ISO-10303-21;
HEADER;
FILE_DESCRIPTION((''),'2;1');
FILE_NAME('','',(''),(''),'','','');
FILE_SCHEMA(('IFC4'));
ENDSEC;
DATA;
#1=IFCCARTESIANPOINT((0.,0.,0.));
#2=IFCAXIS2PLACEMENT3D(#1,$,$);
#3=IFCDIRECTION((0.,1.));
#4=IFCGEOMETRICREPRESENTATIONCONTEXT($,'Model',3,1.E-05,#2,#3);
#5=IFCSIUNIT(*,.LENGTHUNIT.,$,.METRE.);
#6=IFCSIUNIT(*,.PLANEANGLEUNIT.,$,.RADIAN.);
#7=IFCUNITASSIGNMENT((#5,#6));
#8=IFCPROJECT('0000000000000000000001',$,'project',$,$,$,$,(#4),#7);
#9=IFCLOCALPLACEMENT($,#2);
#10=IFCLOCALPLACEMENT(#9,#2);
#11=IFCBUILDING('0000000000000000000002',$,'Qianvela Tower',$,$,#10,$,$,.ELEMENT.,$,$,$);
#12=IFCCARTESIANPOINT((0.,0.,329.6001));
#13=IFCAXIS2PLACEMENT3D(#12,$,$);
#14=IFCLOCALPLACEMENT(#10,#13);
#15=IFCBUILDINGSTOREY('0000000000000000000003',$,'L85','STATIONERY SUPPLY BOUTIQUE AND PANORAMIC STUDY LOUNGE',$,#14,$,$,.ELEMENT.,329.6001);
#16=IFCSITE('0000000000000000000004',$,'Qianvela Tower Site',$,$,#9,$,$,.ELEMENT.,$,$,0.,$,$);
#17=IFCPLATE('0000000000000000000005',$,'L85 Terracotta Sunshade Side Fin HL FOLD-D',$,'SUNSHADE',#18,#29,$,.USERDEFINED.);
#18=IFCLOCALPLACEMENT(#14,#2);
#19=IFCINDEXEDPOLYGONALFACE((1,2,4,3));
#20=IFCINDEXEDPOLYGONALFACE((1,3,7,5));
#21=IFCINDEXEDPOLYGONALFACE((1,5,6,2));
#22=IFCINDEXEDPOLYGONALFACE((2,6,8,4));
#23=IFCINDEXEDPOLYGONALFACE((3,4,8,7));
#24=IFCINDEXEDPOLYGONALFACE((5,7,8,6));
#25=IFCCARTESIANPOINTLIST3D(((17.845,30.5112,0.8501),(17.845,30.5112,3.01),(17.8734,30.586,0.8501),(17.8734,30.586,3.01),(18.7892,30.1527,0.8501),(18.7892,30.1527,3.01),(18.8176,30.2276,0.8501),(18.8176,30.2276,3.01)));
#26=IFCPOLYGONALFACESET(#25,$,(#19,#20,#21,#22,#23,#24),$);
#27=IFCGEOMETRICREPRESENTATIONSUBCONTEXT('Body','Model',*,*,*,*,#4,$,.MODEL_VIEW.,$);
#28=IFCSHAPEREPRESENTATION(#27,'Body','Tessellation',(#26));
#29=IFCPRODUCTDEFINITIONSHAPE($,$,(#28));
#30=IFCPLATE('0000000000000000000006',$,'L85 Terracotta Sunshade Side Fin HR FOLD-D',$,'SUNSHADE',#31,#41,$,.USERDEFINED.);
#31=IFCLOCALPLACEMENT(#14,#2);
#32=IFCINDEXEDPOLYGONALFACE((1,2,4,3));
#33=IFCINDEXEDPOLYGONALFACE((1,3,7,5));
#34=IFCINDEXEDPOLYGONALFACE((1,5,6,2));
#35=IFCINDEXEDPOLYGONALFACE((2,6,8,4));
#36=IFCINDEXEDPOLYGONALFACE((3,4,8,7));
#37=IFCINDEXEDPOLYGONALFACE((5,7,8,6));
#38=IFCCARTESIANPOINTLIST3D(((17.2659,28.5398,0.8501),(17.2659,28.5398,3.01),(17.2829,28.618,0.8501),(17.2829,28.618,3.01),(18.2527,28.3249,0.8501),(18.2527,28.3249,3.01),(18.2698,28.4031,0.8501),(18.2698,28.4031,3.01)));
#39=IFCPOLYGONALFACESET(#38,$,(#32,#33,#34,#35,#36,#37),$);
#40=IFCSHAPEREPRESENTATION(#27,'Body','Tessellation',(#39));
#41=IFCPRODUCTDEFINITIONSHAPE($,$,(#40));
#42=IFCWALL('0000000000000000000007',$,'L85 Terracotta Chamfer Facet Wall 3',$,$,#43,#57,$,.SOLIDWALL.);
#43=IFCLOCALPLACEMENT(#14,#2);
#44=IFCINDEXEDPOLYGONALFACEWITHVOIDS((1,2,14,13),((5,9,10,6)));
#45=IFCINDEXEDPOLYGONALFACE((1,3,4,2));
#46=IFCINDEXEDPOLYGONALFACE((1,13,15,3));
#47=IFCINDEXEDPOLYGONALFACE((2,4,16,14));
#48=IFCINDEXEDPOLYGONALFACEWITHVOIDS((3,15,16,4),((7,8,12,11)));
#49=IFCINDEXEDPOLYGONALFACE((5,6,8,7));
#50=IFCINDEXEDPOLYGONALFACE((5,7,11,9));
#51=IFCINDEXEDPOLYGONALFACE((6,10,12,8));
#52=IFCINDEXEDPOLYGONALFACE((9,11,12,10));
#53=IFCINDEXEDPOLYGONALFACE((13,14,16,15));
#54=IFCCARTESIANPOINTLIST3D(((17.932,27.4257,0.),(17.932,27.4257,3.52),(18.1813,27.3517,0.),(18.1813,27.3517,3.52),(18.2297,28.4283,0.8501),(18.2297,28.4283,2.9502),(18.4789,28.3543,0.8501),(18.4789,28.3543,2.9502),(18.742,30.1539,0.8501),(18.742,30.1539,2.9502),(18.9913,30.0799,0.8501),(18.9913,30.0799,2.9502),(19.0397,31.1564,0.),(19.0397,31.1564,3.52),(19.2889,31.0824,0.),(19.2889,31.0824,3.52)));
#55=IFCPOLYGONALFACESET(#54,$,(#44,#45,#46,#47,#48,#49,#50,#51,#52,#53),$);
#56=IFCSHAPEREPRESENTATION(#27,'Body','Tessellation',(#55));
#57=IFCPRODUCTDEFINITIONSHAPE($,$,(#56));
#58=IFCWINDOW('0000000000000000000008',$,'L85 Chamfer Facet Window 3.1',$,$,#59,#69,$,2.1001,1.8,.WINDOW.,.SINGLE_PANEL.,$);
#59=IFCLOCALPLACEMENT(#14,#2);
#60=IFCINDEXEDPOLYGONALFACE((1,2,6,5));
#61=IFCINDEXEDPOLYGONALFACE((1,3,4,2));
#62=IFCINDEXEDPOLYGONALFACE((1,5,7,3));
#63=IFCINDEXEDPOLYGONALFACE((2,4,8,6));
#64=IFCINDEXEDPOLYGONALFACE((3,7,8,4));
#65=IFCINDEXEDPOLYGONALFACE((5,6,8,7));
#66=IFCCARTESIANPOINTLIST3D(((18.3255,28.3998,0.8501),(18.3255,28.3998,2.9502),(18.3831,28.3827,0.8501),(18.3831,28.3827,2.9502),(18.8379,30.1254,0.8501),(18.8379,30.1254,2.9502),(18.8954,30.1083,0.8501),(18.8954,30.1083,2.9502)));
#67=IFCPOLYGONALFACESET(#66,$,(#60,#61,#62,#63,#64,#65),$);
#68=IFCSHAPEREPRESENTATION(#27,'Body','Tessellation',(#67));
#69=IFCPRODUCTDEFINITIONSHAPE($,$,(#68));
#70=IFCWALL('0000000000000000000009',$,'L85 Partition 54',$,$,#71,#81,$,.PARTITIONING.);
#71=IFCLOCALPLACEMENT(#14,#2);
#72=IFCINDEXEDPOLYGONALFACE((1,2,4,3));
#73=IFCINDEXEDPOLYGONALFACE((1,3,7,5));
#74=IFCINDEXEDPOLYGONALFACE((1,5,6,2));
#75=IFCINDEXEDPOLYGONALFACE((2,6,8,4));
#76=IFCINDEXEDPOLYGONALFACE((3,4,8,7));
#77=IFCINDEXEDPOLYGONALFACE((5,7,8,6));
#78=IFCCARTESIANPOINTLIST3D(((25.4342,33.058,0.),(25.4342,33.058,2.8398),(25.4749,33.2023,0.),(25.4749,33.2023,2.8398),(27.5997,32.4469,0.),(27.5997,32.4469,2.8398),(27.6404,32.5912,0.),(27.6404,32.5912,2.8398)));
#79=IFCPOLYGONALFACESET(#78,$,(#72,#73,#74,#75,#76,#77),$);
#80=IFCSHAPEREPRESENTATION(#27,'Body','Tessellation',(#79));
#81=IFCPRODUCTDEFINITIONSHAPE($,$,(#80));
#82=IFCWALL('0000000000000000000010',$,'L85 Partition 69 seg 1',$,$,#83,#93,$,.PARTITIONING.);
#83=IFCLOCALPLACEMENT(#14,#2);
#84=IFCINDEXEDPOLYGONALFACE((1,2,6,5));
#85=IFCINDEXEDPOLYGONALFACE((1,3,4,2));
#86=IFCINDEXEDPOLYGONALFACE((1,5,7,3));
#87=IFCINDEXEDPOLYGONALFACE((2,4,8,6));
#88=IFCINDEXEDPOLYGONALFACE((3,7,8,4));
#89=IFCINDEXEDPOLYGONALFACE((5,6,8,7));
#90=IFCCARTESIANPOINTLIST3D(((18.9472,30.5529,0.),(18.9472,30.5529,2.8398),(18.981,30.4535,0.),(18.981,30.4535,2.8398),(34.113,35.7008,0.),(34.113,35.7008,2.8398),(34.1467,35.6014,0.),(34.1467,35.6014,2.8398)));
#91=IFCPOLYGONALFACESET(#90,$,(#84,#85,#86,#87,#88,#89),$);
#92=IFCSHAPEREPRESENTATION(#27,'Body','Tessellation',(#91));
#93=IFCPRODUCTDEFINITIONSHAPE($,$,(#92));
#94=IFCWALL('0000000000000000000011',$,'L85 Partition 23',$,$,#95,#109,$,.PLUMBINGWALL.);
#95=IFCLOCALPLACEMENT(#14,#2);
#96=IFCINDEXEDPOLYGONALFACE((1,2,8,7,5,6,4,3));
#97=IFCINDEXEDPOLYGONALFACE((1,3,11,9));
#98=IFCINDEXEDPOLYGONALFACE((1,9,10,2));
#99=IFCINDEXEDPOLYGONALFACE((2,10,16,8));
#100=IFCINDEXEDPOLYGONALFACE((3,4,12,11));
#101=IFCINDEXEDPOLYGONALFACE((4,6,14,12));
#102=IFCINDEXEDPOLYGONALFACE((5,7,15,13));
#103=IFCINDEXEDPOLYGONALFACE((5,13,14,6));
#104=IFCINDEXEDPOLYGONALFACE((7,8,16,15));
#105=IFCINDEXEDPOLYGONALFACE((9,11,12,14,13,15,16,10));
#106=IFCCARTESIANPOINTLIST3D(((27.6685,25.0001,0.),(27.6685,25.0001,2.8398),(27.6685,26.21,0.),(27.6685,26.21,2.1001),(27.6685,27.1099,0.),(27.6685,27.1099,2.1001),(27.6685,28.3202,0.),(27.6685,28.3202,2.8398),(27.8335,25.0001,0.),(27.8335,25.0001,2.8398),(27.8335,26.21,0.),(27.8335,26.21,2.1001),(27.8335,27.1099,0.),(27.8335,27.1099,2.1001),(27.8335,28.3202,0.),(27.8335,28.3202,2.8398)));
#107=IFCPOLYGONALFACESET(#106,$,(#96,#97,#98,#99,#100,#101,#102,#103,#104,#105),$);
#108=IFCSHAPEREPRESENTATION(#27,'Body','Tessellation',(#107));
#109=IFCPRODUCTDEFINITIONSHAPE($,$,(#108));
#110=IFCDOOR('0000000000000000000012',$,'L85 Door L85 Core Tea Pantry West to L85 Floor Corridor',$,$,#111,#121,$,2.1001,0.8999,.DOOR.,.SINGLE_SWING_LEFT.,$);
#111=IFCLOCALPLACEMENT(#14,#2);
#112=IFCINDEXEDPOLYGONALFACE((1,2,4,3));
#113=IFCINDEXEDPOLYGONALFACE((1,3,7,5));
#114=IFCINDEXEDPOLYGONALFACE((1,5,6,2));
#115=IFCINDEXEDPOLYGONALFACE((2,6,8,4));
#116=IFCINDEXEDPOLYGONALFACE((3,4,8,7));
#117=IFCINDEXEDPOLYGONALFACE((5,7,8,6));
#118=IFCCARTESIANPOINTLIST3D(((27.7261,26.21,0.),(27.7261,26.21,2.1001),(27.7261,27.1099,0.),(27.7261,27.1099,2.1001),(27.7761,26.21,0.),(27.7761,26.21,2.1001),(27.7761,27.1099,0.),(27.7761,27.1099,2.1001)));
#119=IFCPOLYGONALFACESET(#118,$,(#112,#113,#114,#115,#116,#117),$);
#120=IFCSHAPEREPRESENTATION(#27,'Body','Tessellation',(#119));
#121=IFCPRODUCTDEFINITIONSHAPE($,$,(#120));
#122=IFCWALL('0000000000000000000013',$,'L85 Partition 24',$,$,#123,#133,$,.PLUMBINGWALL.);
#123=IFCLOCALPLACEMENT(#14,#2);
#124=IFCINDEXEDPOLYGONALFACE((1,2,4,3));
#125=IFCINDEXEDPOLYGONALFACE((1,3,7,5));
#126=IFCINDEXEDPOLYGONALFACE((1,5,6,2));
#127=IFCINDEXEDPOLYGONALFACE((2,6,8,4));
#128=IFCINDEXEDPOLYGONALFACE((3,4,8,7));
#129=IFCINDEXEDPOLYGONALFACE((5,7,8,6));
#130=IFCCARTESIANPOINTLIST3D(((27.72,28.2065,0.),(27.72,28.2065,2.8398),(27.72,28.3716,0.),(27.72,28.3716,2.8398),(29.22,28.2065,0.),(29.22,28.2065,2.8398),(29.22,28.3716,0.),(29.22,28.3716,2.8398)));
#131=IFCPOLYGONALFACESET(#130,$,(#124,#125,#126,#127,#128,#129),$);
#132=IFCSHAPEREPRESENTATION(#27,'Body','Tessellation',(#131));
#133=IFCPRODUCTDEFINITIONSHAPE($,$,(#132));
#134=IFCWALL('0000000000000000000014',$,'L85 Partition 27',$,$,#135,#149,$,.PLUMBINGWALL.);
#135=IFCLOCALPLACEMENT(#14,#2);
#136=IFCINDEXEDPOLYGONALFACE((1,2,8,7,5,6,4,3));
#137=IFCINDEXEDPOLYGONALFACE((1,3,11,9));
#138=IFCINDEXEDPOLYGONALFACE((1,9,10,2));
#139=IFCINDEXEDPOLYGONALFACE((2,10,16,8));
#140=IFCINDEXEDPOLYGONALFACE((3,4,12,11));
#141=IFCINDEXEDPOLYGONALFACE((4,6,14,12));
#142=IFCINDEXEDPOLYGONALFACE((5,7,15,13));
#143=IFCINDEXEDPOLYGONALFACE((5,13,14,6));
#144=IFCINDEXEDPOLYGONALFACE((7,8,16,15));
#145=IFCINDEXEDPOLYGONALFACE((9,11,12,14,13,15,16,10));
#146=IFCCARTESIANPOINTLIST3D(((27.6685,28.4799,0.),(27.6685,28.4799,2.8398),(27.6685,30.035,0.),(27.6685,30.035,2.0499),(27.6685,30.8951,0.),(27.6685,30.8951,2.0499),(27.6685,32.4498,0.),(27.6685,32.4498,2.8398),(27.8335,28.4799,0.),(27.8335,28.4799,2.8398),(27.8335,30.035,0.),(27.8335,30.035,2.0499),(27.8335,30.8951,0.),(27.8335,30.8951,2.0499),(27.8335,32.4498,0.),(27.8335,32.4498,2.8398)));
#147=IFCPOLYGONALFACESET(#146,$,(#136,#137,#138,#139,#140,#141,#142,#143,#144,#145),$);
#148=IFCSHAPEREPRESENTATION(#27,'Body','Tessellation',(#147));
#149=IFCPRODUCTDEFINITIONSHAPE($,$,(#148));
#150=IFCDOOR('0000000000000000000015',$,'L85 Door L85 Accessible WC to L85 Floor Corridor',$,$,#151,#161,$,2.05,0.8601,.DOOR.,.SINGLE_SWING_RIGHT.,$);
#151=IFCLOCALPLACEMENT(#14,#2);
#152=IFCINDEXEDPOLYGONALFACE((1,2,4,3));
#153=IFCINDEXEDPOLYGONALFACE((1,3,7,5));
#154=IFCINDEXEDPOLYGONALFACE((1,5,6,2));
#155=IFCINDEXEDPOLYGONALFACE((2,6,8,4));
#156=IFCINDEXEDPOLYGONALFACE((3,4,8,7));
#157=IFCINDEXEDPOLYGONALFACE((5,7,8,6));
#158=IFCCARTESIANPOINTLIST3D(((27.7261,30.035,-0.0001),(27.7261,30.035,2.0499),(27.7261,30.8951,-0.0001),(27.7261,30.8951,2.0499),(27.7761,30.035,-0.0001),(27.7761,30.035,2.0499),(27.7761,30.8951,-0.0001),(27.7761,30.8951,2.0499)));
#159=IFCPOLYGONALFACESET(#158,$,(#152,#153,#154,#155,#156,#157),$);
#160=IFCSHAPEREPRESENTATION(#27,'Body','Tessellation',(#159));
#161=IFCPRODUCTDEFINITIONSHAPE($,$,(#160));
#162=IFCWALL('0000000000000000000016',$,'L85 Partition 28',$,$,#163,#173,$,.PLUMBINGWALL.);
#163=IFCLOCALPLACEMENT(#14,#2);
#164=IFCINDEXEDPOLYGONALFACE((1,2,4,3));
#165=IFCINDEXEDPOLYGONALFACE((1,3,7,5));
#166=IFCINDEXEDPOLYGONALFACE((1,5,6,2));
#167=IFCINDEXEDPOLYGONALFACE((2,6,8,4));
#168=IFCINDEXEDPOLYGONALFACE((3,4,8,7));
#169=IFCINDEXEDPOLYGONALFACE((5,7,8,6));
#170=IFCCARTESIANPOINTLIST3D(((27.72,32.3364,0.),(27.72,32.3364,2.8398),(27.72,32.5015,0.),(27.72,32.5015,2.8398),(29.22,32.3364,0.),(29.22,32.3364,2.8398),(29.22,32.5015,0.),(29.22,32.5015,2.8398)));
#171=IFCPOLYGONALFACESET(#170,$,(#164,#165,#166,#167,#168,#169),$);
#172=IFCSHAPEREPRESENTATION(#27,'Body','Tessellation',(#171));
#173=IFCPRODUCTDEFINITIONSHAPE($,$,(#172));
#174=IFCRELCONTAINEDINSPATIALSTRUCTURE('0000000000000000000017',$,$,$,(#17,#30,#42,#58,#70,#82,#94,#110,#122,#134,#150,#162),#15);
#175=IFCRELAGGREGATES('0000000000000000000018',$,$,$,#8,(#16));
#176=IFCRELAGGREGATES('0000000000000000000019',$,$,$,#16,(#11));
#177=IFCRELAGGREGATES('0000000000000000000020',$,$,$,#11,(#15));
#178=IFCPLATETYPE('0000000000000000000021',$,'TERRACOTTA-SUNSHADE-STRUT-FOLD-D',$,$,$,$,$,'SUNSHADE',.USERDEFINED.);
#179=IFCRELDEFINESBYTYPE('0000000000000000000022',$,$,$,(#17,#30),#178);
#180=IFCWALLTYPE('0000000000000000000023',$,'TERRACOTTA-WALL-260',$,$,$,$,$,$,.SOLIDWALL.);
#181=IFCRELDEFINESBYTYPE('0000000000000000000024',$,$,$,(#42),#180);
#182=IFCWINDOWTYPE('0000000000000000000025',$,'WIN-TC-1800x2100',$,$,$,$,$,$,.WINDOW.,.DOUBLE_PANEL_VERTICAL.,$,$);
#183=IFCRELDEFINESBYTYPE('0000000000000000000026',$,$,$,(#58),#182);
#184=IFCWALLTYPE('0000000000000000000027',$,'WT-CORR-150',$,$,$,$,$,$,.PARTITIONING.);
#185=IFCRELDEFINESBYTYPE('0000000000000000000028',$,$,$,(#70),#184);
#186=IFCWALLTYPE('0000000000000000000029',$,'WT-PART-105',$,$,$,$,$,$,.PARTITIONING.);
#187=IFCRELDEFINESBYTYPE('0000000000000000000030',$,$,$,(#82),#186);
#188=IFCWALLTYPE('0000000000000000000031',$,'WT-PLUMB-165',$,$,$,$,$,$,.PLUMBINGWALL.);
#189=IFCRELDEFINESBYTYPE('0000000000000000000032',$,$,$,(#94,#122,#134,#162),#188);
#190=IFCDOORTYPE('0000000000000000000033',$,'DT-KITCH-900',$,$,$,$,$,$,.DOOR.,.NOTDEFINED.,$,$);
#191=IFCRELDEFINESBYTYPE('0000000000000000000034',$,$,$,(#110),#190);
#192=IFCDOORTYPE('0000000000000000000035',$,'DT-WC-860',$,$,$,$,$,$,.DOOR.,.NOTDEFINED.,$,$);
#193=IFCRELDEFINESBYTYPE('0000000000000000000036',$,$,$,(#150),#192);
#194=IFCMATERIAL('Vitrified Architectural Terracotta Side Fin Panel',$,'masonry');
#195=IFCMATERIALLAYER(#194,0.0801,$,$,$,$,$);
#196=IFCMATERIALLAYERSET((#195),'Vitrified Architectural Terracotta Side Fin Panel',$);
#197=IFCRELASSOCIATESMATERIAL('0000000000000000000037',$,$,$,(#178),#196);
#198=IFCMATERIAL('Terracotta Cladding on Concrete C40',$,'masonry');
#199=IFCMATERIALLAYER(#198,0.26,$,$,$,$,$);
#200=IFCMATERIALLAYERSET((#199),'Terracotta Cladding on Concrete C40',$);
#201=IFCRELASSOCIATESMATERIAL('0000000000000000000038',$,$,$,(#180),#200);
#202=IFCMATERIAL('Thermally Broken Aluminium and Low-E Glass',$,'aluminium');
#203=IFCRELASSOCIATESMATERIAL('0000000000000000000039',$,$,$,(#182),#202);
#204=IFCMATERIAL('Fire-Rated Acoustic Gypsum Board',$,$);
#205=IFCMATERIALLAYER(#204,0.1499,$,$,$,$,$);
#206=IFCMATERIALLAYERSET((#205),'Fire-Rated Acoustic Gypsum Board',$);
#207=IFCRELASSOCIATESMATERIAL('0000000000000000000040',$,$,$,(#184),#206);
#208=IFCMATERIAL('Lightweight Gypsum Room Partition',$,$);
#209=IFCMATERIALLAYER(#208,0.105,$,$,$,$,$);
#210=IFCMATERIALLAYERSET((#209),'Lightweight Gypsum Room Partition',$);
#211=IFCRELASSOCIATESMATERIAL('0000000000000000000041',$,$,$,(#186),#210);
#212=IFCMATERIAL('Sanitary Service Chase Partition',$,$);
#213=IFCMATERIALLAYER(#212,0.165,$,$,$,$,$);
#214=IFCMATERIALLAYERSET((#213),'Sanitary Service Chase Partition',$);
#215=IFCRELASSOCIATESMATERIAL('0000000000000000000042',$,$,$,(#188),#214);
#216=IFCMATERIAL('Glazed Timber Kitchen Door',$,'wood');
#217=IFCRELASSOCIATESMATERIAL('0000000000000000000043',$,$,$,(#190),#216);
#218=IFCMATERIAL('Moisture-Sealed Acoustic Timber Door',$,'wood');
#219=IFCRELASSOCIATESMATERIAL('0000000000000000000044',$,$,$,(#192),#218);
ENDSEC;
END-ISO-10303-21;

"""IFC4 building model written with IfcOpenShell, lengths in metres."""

from ifc_helpers import new_model, si_unit, direction, frame, frame_2d, origin, origin_2d, place, context, subcontext, project, spatial, rectangle, extrude, material, layer, layer_set, type_object, element, fill, save


model = new_model("IFC4")

# Units and contexts
model_context = context("Model", 3, precision=1e-05, world=origin(), true_north=direction((0.0, 1.0)))
body_context = subcontext(model_context, "Body", "Model", "MODEL_VIEW")
ifc_project = project(units=[si_unit("LENGTHUNIT", "METRE"), si_unit("PLANEANGLEUNIT", "RADIAN")], contexts=[model_context])

# Site, building, storey
site_placement = place(None, origin())
site = spatial("IfcSite", under=ifc_project, at=site_placement, Name="Qianvela Tower Site", CompositionType="ELEMENT", RefElevation=0.0)
building_placement = place(site_placement, origin())
building = spatial("IfcBuilding", under=site, at=building_placement, Name="Qianvela Tower", CompositionType="ELEMENT")
storey_placement = place(building_placement, frame((0.0, 0.0, 329.6001)))
storey = spatial("IfcBuildingStorey", under=building, at=storey_placement, Name="L85", Description="STATIONERY SUPPLY BOUTIQUE AND PANORAMIC STUDY LOUNGE", CompositionType="ELEMENT", Elevation=329.6001)

# Plates
ifc_material_1 = material(Name="Vitrified Architectural Terracotta Side Fin Panel", Category="masonry")
ifc_layer_1 = layer(ifc_material_1, 0.0801)
ifc_layer_set_1 = layer_set([ifc_layer_1], Name="Vitrified Architectural Terracotta Side Fin Panel")
plate_type_1 = type_object("IfcPlateType", Name="TERRACOTTA-SUNSHADE-STRUT-FOLD-D", ElementType="SUNSHADE", PredefinedType="USERDEFINED", material=ifc_layer_set_1)
for number, where, z_axis, x_axis, name in (
    (1, (18.3313, 30.3694, 0.8501), (0.0, 0.0, 1.0), (-0.354854, -0.934922, 0.0), "L85 Terracotta Sunshade Side Fin HL FOLD-D"),
    (2, (17.7678, 28.4714, 0.8501), (0.0, 0.0, 1.0), (-0.212766, -0.977103, 0.0), "L85 Terracotta Sunshade Side Fin HR FOLD-D"),
):
    element("IfcPlate", number, at=place(storey_placement, frame(where, z_axis=z_axis, x_axis=x_axis)), inside=storey, type_object=plate_type_1, Name=name, ObjectType="SUNSHADE", PredefinedType="USERDEFINED", context=body_context, shape_type="SweptSolid", body=[
        extrude(rectangle(XDim=0.0801, YDim=1.01, at=origin_2d()), origin(), (0.0, 0.0, 1.0), 2.1599),
    ])

# Wall, opening, window
ifc_material_2 = material(Name="Terracotta Cladding on Concrete C40", Category="masonry")
ifc_layer_2 = layer(ifc_material_2, 0.26)
ifc_layer_set_2 = layer_set([ifc_layer_2], Name="Terracotta Cladding on Concrete C40")
wall_type_1 = type_object("IfcWallType", Name="TERRACOTTA-WALL-260", PredefinedType="SOLIDWALL", material=ifc_layer_set_2)
wall_1_placement = place(storey_placement, frame((19.1643, 31.1194, 0.0), z_axis=(0.0, 0.0, 1.0), x_axis=(-0.284624, -0.958639, 0.0)))
wall_1 = element("IfcWall", 3, at=wall_1_placement, inside=storey, type_object=wall_type_1, Name="L85 Terracotta Chamfer Facet Wall 3", PredefinedType="SOLIDWALL", context=body_context, shape_type="SweptSolid", body=[
    extrude(rectangle(XDim=3.8916, YDim=0.26, at=frame_2d((1.9458, 0.0))), origin(), (0.0, 0.0, 1.0), 3.52),
])
opening_1_placement = place(wall_1_placement, frame((1.0459, 0.0, 0.8501)))
opening_1 = element("IfcOpeningElement", 4, at=opening_1_placement, cuts=wall_1, PredefinedType="OPENING", context=body_context, shape_type="SweptSolid", body=[
    extrude(rectangle(XDim=1.8, YDim=2.1001, at=frame_2d((0.8999, 1.05))), frame((0.0, 0.1399, 0.0), z_axis=(0.0, -1.0, 0.0), x_axis=(1.0, 0.0, 0.0)), (0.0, 0.0, 1.0), 0.28),
])
ifc_material_3 = material(Name="Thermally Broken Aluminium and Low-E Glass", Category="aluminium")
window_type = type_object("IfcWindowType", Name="WIN-TC-1800x2100", PartitioningType="DOUBLE_PANEL_VERTICAL", PredefinedType="WINDOW", material=ifc_material_3)
window_placement = place(opening_1_placement, origin())
window = element("IfcWindow", 5, at=window_placement, inside=storey, type_object=window_type, Name="L85 Chamfer Facet Window 3.1", OverallHeight=2.1001, OverallWidth=1.8, PartitioningType="SINGLE_PANEL", PredefinedType="WINDOW", context=body_context, shape_type="SweptSolid", body=[
    extrude(rectangle(XDim=1.8, YDim=2.1001, at=frame_2d((0.8999, 1.05))), frame((0.0, 0.03, 0.0), z_axis=(0.0, -1.0, 0.0), x_axis=(1.0, 0.0, 0.0)), (0.0, 0.0, 1.0), 0.0601),
])
fill(opening_1, window)

# Walls
ifc_material_4 = material(Name="Fire-Rated Acoustic Gypsum Board")
ifc_layer_3 = layer(ifc_material_4, 0.1499)
ifc_layer_set_3 = layer_set([ifc_layer_3], Name="Fire-Rated Acoustic Gypsum Board")
wall_type_2 = type_object("IfcWallType", Name="WT-CORR-150", PredefinedType="PARTITIONING", material=ifc_layer_set_3)
wall_2_placement = place(storey_placement, frame((25.4546, 33.1301, 0.0), z_axis=(0.0, 0.0, 1.0), x_axis=(0.962416, -0.271581, 0.0)))
element("IfcWall", 6, at=wall_2_placement, inside=storey, type_object=wall_type_2, Name="L85 Partition 54", PredefinedType="PARTITIONING", context=body_context, shape_type="SweptSolid", body=[
    extrude(rectangle(XDim=2.25, YDim=0.1499, at=frame_2d((1.125, 0.0))), origin(), (0.0, 0.0, 1.0), 2.8398),
])
ifc_material_5 = material(Name="Lightweight Gypsum Room Partition")
ifc_layer_4 = layer(ifc_material_5, 0.105)
ifc_layer_set_4 = layer_set([ifc_layer_4], Name="Lightweight Gypsum Room Partition")
wall_type_3 = type_object("IfcWallType", Name="WT-PART-105", PredefinedType="PARTITIONING", material=ifc_layer_set_4)
wall_3_placement = place(storey_placement, frame((18.9641, 30.5032, 0.0), z_axis=(0.0, 0.0, 1.0), x_axis=(0.946933, 0.321432, 0.0)))
element("IfcWall", 7, at=wall_3_placement, inside=storey, type_object=wall_type_3, Name="L85 Partition 69 seg 1", PredefinedType="PARTITIONING", context=body_context, shape_type="SweptSolid", body=[
    extrude(rectangle(XDim=16.0156, YDim=0.105, at=frame_2d((8.0078, 0.0))), origin(), (0.0, 0.0, 1.0), 2.8398),
])

# Wall, opening, door
ifc_material_6 = material(Name="Sanitary Service Chase Partition")
ifc_layer_5 = layer(ifc_material_6, 0.165)
ifc_layer_set_5 = layer_set([ifc_layer_5], Name="Sanitary Service Chase Partition")
wall_type_4 = type_object("IfcWallType", Name="WT-PLUMB-165", PredefinedType="PLUMBINGWALL", material=ifc_layer_set_5)
wall_4_placement = place(storey_placement, frame((27.751, 25.0, 0.0), z_axis=(0.0, 0.0, 1.0), x_axis=(0.0, 1.0, 0.0)))
wall_4 = element("IfcWall", 8, at=wall_4_placement, inside=storey, type_object=wall_type_4, Name="L85 Partition 23", PredefinedType="PLUMBINGWALL", context=body_context, shape_type="SweptSolid", body=[
    extrude(rectangle(XDim=3.3201, YDim=0.165, at=frame_2d((1.6602, 0.0))), origin(), (0.0, 0.0, 1.0), 2.8398),
])
opening_2_placement = place(wall_4_placement, frame((1.21, 0.0, 0.0)))
opening_2 = element("IfcOpeningElement", 9, at=opening_2_placement, cuts=wall_4, PredefinedType="OPENING", context=body_context, shape_type="SweptSolid", body=[
    extrude(rectangle(XDim=0.8999, YDim=2.1001, at=frame_2d((0.45, 1.05))), frame((0.0, 0.0925, 0.0), z_axis=(0.0, -1.0, 0.0), x_axis=(1.0, 0.0, 0.0)), (0.0, 0.0, 1.0), 0.1851),
])
ifc_material_7 = material(Name="Glazed Timber Kitchen Door", Category="wood")
door_type_1 = type_object("IfcDoorType", Name="DT-KITCH-900", OperationType="NOTDEFINED", PredefinedType="DOOR", material=ifc_material_7)
door_1_placement = place(opening_2_placement, origin())
door_1 = element("IfcDoor", 10, at=door_1_placement, inside=storey, type_object=door_type_1, Name="L85 Door L85 Core Tea Pantry West to L85 Floor Corridor", OperationType="SINGLE_SWING_LEFT", OverallHeight=2.1001, OverallWidth=0.8999, PredefinedType="DOOR", context=body_context, shape_type="SweptSolid", body=[
    extrude(rectangle(XDim=0.8999, YDim=2.1001, at=frame_2d((0.45, 1.05))), frame((0.0, 0.0249, 0.0), z_axis=(0.0, -1.0, 0.0), x_axis=(1.0, 0.0, 0.0)), (0.0, 0.0, 1.0), 0.05),
])
fill(opening_2, door_1)

# Wall
wall_5_placement = place(storey_placement, frame((27.72, 28.2891, 0.0), z_axis=(0.0, 0.0, 1.0), x_axis=(1.0, 0.0, 0.0)))
element("IfcWall", 11, at=wall_5_placement, inside=storey, type_object=wall_type_4, Name="L85 Partition 24", PredefinedType="PLUMBINGWALL", context=body_context, shape_type="SweptSolid", body=[
    extrude(rectangle(XDim=1.5, YDim=0.165, at=frame_2d((0.75, 0.0))), origin(), (0.0, 0.0, 1.0), 2.8398),
])

# Wall, opening, door
wall_6_placement = place(storey_placement, frame((27.751, 28.48, 0.0), z_axis=(0.0, 0.0, 1.0), x_axis=(0.0, 1.0, 0.0)))
wall_6 = element("IfcWall", 12, at=wall_6_placement, inside=storey, type_object=wall_type_4, Name="L85 Partition 27", PredefinedType="PLUMBINGWALL", context=body_context, shape_type="SweptSolid", body=[
    extrude(rectangle(XDim=3.97, YDim=0.165, at=frame_2d((1.9849, 0.0))), origin(), (0.0, 0.0, 1.0), 2.8398),
])
opening_3_placement = place(wall_6_placement, frame((1.5549, 0.0, 0.0)))
opening_3 = element("IfcOpeningElement", 13, at=opening_3_placement, cuts=wall_6, PredefinedType="OPENING", context=body_context, shape_type="SweptSolid", body=[
    extrude(rectangle(XDim=0.8601, YDim=2.05, at=frame_2d((0.4302, 1.0249))), frame((0.0, 0.0925, 0.0), z_axis=(0.0, -1.0, 0.0), x_axis=(1.0, 0.0, 0.0)), (0.0, 0.0, 1.0), 0.1851),
])
ifc_material_8 = material(Name="Moisture-Sealed Acoustic Timber Door", Category="wood")
door_type_2 = type_object("IfcDoorType", Name="DT-WC-860", OperationType="NOTDEFINED", PredefinedType="DOOR", material=ifc_material_8)
door_2_placement = place(opening_3_placement, origin())
door_2 = element("IfcDoor", 14, at=door_2_placement, inside=storey, type_object=door_type_2, Name="L85 Door L85 Accessible WC to L85 Floor Corridor", OperationType="SINGLE_SWING_RIGHT", OverallHeight=2.05, OverallWidth=0.8601, PredefinedType="DOOR", context=body_context, shape_type="SweptSolid", body=[
    extrude(rectangle(XDim=0.8601, YDim=2.05, at=frame_2d((0.4302, 1.0249))), frame((0.0, 0.0249, 0.0), z_axis=(0.0, -1.0, 0.0), x_axis=(1.0, 0.0, 0.0)), (0.0, 0.0, 1.0), 0.05),
])
fill(opening_3, door_2)

# Wall
wall_7_placement = place(storey_placement, frame((27.72, 32.4189, 0.0), z_axis=(0.0, 0.0, 1.0), x_axis=(1.0, 0.0, 0.0)))
element("IfcWall", 15, at=wall_7_placement, inside=storey, type_object=wall_type_4, Name="L85 Partition 28", PredefinedType="PLUMBINGWALL", context=body_context, shape_type="SweptSolid", body=[
    extrude(rectangle(XDim=1.5, YDim=0.165, at=frame_2d((0.75, 0.0))), origin(), (0.0, 0.0, 1.0), 2.8398),
])

save(model, "model.ifc")
